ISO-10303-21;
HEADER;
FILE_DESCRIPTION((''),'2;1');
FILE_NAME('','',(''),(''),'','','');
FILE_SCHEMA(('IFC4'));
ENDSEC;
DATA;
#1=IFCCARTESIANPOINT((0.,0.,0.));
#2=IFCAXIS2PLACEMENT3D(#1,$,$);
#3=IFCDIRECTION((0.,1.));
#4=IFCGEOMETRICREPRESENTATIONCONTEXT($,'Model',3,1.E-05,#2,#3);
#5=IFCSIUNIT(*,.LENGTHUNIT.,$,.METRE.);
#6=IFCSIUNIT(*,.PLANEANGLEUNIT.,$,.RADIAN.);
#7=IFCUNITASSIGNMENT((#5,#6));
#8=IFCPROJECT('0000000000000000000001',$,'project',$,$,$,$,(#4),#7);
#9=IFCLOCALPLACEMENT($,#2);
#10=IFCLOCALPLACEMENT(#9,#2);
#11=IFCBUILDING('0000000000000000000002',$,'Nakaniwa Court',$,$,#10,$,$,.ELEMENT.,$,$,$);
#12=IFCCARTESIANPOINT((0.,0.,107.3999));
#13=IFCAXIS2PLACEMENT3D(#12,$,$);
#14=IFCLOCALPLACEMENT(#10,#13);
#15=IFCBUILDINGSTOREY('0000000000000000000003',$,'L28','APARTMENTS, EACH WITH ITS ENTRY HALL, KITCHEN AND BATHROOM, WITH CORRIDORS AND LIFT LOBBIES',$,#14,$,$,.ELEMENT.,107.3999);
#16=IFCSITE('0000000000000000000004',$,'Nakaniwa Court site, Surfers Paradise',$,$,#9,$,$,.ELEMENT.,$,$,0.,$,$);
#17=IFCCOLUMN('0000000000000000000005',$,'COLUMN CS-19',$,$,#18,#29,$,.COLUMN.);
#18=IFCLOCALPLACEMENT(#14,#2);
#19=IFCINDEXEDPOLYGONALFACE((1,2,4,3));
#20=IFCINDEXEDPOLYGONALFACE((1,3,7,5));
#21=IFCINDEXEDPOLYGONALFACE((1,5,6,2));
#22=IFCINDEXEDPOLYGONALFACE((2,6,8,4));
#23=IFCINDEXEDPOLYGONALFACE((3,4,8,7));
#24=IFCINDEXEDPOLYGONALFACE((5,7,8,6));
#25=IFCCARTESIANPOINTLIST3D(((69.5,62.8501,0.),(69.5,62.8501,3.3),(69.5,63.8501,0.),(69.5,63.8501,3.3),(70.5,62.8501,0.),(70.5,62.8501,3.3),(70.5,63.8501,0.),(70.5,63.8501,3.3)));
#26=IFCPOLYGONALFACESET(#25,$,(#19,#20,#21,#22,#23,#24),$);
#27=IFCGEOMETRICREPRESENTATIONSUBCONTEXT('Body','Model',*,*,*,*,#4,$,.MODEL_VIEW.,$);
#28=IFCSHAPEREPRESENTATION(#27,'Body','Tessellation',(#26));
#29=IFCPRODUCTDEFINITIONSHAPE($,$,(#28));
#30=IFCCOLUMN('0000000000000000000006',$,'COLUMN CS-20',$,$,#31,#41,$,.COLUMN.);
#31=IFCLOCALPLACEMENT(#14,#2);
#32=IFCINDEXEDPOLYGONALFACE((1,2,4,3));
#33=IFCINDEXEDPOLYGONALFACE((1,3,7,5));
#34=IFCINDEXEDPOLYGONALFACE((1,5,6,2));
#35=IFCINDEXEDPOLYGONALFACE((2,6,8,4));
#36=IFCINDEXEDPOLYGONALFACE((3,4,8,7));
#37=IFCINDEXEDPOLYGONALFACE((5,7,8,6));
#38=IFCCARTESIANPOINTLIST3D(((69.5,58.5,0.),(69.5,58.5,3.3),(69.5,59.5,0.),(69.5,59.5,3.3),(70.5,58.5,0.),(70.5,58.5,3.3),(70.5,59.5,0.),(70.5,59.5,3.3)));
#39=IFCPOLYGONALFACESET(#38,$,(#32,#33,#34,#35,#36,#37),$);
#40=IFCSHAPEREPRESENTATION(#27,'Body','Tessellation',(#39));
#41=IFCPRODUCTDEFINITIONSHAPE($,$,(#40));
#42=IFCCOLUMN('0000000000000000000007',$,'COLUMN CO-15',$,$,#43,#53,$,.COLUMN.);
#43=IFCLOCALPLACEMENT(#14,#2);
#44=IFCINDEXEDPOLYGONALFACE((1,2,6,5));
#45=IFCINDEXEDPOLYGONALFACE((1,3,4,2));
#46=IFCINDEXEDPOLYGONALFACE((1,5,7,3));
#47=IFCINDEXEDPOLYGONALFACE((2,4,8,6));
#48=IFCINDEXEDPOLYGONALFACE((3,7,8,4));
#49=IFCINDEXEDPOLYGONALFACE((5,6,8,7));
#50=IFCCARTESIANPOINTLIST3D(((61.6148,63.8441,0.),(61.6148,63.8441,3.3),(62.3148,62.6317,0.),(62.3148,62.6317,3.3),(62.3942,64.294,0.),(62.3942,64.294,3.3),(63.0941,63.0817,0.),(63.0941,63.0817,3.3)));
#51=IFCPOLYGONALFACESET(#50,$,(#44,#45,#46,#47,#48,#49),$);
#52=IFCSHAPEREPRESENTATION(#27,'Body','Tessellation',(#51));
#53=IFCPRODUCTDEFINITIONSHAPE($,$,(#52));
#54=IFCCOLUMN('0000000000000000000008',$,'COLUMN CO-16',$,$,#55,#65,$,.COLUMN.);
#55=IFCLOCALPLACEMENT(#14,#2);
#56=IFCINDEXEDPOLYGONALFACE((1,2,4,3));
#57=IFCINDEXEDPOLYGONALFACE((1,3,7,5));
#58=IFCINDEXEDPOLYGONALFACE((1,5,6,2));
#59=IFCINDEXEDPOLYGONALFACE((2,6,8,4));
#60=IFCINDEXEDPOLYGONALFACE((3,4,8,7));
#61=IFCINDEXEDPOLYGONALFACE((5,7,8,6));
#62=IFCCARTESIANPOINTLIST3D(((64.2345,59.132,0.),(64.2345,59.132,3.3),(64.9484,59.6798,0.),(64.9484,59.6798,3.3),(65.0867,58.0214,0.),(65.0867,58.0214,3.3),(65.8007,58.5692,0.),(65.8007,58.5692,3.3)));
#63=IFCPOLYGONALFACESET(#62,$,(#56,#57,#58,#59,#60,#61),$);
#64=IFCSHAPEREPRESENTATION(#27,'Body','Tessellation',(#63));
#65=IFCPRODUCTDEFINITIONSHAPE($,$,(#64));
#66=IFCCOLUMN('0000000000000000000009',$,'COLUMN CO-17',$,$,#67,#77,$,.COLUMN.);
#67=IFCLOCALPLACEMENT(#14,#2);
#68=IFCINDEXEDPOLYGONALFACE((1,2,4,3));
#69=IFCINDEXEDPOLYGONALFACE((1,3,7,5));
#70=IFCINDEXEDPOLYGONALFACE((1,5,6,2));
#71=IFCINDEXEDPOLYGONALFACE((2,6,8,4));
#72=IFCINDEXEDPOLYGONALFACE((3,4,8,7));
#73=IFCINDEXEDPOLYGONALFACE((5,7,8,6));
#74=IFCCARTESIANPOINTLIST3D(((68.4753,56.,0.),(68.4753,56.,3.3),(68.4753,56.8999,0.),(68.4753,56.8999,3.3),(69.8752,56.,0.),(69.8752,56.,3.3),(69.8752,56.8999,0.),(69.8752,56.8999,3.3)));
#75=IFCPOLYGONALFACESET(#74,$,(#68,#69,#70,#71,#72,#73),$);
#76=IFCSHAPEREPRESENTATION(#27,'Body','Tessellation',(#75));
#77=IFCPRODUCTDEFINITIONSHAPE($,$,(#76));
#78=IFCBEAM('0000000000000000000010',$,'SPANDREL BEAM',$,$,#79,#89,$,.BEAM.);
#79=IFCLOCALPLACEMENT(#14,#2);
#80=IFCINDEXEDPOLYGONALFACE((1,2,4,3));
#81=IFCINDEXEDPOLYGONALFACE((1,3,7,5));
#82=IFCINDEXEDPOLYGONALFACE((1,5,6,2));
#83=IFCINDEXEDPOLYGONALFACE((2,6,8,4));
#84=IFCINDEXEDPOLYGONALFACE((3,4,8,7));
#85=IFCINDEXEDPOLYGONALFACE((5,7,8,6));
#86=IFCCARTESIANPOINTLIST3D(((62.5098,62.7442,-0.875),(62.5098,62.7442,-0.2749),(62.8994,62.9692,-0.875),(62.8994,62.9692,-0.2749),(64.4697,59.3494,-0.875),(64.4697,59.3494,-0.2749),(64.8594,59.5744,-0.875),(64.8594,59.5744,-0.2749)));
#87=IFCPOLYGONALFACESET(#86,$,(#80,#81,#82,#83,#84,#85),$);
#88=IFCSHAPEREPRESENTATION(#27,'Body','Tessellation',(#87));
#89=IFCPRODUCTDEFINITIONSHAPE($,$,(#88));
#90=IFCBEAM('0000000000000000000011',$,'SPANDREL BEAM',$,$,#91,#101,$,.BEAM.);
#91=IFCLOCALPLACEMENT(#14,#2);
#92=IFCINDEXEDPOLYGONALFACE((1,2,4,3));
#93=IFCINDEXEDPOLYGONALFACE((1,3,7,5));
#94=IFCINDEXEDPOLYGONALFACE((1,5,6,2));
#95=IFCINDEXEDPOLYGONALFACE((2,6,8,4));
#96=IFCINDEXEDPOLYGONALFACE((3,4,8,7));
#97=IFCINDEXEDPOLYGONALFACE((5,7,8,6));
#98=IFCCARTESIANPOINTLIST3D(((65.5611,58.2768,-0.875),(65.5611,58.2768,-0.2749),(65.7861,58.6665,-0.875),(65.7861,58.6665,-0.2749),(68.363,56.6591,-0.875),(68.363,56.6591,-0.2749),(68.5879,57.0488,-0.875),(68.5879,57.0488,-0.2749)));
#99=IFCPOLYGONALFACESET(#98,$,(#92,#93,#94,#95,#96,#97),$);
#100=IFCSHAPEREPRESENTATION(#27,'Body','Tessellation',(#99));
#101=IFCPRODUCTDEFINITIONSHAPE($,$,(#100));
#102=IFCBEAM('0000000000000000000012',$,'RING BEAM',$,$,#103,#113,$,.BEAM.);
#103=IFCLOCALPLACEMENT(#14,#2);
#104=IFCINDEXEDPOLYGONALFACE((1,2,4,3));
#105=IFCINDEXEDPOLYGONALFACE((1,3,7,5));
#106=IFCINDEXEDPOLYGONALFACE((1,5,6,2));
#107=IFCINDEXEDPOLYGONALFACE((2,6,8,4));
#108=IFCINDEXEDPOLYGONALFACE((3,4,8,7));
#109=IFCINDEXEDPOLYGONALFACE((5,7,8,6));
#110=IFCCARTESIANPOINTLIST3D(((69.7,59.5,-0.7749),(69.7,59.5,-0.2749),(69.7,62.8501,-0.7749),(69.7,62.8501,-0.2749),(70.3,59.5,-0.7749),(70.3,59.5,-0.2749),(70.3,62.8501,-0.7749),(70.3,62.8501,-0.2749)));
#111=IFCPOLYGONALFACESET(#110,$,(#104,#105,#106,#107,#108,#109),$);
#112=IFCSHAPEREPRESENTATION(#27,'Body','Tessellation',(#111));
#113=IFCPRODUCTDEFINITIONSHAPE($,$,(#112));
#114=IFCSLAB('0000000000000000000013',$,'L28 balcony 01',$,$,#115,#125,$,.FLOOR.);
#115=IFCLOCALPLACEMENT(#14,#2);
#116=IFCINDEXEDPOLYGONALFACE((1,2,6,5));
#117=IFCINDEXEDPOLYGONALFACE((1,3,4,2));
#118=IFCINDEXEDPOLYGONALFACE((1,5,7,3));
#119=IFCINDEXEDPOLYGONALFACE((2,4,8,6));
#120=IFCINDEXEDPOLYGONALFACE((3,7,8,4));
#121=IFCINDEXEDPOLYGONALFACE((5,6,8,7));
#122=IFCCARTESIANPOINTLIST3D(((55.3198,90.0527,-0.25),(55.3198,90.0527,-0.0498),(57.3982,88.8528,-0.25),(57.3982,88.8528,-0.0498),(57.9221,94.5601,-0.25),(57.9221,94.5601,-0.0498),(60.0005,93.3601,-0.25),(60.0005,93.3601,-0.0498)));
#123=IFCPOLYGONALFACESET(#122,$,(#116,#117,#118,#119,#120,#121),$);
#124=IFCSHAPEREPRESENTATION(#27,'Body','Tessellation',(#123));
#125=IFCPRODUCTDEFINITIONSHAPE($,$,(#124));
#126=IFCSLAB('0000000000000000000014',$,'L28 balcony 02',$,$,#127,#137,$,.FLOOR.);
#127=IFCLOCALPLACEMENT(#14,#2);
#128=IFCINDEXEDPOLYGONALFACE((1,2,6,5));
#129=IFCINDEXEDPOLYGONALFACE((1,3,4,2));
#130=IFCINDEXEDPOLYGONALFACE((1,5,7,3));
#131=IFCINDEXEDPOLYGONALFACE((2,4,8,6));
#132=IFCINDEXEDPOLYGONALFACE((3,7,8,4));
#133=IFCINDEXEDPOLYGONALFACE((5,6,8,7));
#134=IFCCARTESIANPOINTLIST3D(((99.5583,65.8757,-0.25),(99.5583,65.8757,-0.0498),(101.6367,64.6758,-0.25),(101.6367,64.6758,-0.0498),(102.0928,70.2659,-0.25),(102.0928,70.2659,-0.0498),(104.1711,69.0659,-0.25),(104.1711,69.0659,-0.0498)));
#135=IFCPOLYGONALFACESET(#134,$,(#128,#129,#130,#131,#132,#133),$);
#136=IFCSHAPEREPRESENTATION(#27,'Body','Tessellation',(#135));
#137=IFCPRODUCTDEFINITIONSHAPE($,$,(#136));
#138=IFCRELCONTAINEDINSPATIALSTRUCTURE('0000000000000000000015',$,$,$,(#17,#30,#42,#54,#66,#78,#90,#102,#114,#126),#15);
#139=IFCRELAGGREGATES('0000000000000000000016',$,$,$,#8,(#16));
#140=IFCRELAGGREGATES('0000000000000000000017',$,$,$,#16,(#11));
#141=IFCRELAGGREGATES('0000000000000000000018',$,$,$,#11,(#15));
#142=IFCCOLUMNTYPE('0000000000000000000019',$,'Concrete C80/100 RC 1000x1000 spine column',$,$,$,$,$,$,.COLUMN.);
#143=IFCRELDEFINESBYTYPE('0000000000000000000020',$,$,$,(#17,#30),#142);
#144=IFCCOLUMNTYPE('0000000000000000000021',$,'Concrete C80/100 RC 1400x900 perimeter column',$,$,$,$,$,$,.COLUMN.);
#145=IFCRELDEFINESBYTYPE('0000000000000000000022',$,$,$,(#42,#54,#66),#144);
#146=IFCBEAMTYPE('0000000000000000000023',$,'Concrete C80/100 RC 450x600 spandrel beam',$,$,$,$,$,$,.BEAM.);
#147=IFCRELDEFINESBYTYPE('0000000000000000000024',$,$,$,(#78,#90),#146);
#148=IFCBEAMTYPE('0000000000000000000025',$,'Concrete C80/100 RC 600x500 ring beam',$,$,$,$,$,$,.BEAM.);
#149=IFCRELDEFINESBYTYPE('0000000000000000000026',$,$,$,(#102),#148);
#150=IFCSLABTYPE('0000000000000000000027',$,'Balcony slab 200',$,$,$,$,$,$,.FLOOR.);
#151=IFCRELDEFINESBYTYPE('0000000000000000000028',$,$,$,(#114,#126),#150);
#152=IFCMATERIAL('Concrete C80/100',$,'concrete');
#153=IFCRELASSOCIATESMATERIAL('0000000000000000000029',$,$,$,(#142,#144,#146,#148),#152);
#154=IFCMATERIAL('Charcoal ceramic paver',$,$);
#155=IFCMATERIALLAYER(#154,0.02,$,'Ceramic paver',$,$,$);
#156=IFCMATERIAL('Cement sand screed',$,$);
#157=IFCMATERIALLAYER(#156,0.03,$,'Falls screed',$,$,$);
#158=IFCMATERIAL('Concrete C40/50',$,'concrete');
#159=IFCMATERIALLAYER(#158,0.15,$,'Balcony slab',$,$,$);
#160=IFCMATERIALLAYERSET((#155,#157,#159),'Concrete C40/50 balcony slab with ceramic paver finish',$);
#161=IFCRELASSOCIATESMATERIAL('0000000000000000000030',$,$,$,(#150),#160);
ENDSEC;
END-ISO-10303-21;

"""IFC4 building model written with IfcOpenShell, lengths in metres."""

from ifc_helpers import new_model, si_unit, direction, frame, origin, origin_2d, place, context, subcontext, project, spatial, polyline, rectangle, outline, extrude, material, layer, layer_set, material_profile, profile_set, type_object, element, save


model = new_model("IFC4")

# Units and contexts
model_context = context("Model", 3, precision=1e-05, world=origin(), true_north=direction((0.0, 1.0)))
body_context = subcontext(model_context, "Body", "Model", "MODEL_VIEW")
ifc_project = project(units=[si_unit("LENGTHUNIT", "METRE"), si_unit("PLANEANGLEUNIT", "RADIAN")], contexts=[model_context])

# Site, building, storey
site_placement = place(None, origin())
site = spatial("IfcSite", under=ifc_project, at=site_placement, Name="Nakaniwa Court site, Surfers Paradise", CompositionType="ELEMENT", RefElevation=0.0)
building_placement = place(site_placement, origin())
building = spatial("IfcBuilding", under=site, at=building_placement, Name="Nakaniwa Court", CompositionType="ELEMENT")
storey_placement = place(building_placement, frame((0.0, 0.0, 107.3999)))
storey = spatial("IfcBuildingStorey", under=building, at=storey_placement, Name="L28", Description="APARTMENTS, EACH WITH ITS ENTRY HALL, KITCHEN AND BATHROOM, WITH CORRIDORS AND LIFT LOBBIES", CompositionType="ELEMENT", Elevation=107.3999)

# Columns
ifc_material_1 = material(Name="Concrete C80/100", Category="concrete")
ifc_material_profile_1 = material_profile(ifc_material_1, rectangle(XDim=1.0, YDim=1.0, at=origin_2d()), Name="Concrete C80/100 RC 1000x1000 spine column")
ifc_profile_set_1 = profile_set([ifc_material_profile_1], Name="Concrete C80/100")
column_type_1 = type_object("IfcColumnType", Name="Concrete C80/100 RC 1000x1000 spine column", PredefinedType="COLUMN", material=ifc_profile_set_1)
for number, where, z_axis, x_axis, name in (
    (1, (70.0, 63.3501, 0.0), (0.0, 0.0, 1.0), (0.0, -1.0, 0.0), "COLUMN CS-19"),
    (2, (70.0, 59.0, 0.0), (0.0, 0.0, 1.0), (0.0, -1.0, 0.0), "COLUMN CS-20"),
):
    element("IfcColumn", number, at=place(storey_placement, frame(where, z_axis=z_axis, x_axis=x_axis)), inside=storey, type_object=column_type_1, Name=name, PredefinedType="COLUMN", context=body_context, shape_type="SweptSolid", body=[
        extrude(rectangle(XDim=1.0, YDim=1.0, at=origin_2d()), origin(), (0.0, 0.0, 1.0), 3.3),
    ])
ifc_material_profile_2 = material_profile(ifc_material_1, rectangle(XDim=1.3999, YDim=0.8999, at=origin_2d()), Name="Concrete C80/100 RC 1400x900 perimeter column")
ifc_profile_set_2 = profile_set([ifc_material_profile_2], Name="Concrete C80/100")
column_type_2 = type_object("IfcColumnType", Name="Concrete C80/100 RC 1400x900 perimeter column", PredefinedType="COLUMN", material=ifc_profile_set_2)
for number, where, z_axis, x_axis, name in (
    (3, (62.3545, 63.4629, 0.0), (0.0, 0.0, 1.0), (0.5, -0.866025, 0.0), "COLUMN CO-15"),
    (4, (65.0176, 58.8506, 0.0), (0.0, 0.0, 1.0), (0.608761, -0.793353, 0.0), "COLUMN CO-16"),
    (5, (69.1753, 56.45, 0.0), (0.0, 0.0, 1.0), (1.0, 0.0, 0.0), "COLUMN CO-17"),
):
    element("IfcColumn", number, at=place(storey_placement, frame(where, z_axis=z_axis, x_axis=x_axis)), inside=storey, type_object=column_type_2, Name=name, PredefinedType="COLUMN", context=body_context, shape_type="SweptSolid", body=[
        extrude(rectangle(XDim=1.3999, YDim=0.8999, at=origin_2d()), origin(), (0.0, 0.0, 1.0), 3.3),
    ])

# Beams
ifc_material_profile_3 = material_profile(ifc_material_1, rectangle(XDim=0.45, YDim=0.6001, at=origin_2d()), Name="Concrete C80/100 RC 450x600 spandrel beam")
ifc_profile_set_3 = profile_set([ifc_material_profile_3], Name="Concrete C80/100")
beam_type_1 = type_object("IfcBeamType", Name="Concrete C80/100 RC 450x600 spandrel beam", PredefinedType="BEAM", material=ifc_profile_set_3)
beam_1_placement = place(storey_placement, frame((62.7046, 62.8567, -0.575), z_axis=(0.499997, -0.866027, 0.0), x_axis=(0.866027, 0.499997, 0.0)))
element("IfcBeam", 6, at=beam_1_placement, inside=storey, type_object=beam_type_1, Name="SPANDREL BEAM", PredefinedType="BEAM", context=body_context, shape_type="SweptSolid", body=[
    extrude(rectangle(XDim=0.45, YDim=0.6001, at=origin_2d()), origin(), (0.0, 0.0, 1.0), 3.9199),
])
beam_2_placement = place(storey_placement, frame((65.6736, 58.4717, -0.575), z_axis=(0.866015, -0.500019, 0.0), x_axis=(0.500019, 0.866015, 0.0)))
element("IfcBeam", 7, at=beam_2_placement, inside=storey, type_object=beam_type_1, Name="SPANDREL BEAM", PredefinedType="BEAM", context=body_context, shape_type="SweptSolid", body=[
    extrude(rectangle(XDim=0.45, YDim=0.6001, at=origin_2d()), origin(), (0.0, 0.0, 1.0), 3.2354),
])
ifc_material_profile_4 = material_profile(ifc_material_1, rectangle(XDim=0.6001, YDim=0.5, at=origin_2d()), Name="Concrete C80/100 RC 600x500 ring beam")
ifc_profile_set_4 = profile_set([ifc_material_profile_4], Name="Concrete C80/100")
beam_type_2 = type_object("IfcBeamType", Name="Concrete C80/100 RC 600x500 ring beam", PredefinedType="BEAM", material=ifc_profile_set_4)
beam_3_placement = place(storey_placement, frame((70.0, 62.8501, -0.5249), z_axis=(0.0, -1.0, 0.0), x_axis=(1.0, 0.0, 0.0)))
element("IfcBeam", 8, at=beam_3_placement, inside=storey, type_object=beam_type_2, Name="RING BEAM", PredefinedType="BEAM", context=body_context, shape_type="SweptSolid", body=[
    extrude(rectangle(XDim=0.6001, YDim=0.5, at=origin_2d()), origin(), (0.0, 0.0, 1.0), 3.3501),
])

# Slabs
ifc_material_2 = material(Name="Charcoal ceramic paver")
ifc_layer_1 = layer(ifc_material_2, 0.02, Name="Ceramic paver")
ifc_material_3 = material(Name="Cement sand screed")
ifc_layer_2 = layer(ifc_material_3, 0.03, Name="Falls screed")
ifc_material_4 = material(Name="Concrete C40/50", Category="concrete")
ifc_layer_3 = layer(ifc_material_4, 0.15, Name="Balcony slab")
ifc_layer_set_1 = layer_set([ifc_layer_1, ifc_layer_2, ifc_layer_3], Name="Concrete C40/50 balcony slab with ceramic paver finish")
slab_type_1 = type_object("IfcSlabType", Name="Balcony slab 200", PredefinedType="FLOOR", material=ifc_layer_set_1)
slab_1_placement = place(storey_placement, frame((0.0, 0.0, -0.25)))
element("IfcSlab", 9, at=slab_1_placement, inside=storey, type_object=slab_type_1, Name="L28 balcony 01", PredefinedType="FLOOR", context=body_context, shape_type="SweptSolid", body=[
    extrude(outline(polyline([(60.0005, 93.3601), (57.3982, 88.8528), (55.3198, 90.0527), (57.9221, 94.5601), (60.0005, 93.3601)])), origin(), (0.0, 0.0, 1.0), 0.2002),
])
slab_2_placement = place(storey_placement, frame((0.0, 0.0, -0.25)))
element("IfcSlab", 10, at=slab_2_placement, inside=storey, type_object=slab_type_1, Name="L28 balcony 02", PredefinedType="FLOOR", context=body_context, shape_type="SweptSolid", body=[
    extrude(outline(polyline([(99.5583, 65.8757), (102.0928, 70.2659), (104.1711, 69.0659), (101.6367, 64.6758), (99.5583, 65.8757)])), origin(), (0.0, 0.0, 1.0), 0.2002),
])

save(model, "model.ifc")
